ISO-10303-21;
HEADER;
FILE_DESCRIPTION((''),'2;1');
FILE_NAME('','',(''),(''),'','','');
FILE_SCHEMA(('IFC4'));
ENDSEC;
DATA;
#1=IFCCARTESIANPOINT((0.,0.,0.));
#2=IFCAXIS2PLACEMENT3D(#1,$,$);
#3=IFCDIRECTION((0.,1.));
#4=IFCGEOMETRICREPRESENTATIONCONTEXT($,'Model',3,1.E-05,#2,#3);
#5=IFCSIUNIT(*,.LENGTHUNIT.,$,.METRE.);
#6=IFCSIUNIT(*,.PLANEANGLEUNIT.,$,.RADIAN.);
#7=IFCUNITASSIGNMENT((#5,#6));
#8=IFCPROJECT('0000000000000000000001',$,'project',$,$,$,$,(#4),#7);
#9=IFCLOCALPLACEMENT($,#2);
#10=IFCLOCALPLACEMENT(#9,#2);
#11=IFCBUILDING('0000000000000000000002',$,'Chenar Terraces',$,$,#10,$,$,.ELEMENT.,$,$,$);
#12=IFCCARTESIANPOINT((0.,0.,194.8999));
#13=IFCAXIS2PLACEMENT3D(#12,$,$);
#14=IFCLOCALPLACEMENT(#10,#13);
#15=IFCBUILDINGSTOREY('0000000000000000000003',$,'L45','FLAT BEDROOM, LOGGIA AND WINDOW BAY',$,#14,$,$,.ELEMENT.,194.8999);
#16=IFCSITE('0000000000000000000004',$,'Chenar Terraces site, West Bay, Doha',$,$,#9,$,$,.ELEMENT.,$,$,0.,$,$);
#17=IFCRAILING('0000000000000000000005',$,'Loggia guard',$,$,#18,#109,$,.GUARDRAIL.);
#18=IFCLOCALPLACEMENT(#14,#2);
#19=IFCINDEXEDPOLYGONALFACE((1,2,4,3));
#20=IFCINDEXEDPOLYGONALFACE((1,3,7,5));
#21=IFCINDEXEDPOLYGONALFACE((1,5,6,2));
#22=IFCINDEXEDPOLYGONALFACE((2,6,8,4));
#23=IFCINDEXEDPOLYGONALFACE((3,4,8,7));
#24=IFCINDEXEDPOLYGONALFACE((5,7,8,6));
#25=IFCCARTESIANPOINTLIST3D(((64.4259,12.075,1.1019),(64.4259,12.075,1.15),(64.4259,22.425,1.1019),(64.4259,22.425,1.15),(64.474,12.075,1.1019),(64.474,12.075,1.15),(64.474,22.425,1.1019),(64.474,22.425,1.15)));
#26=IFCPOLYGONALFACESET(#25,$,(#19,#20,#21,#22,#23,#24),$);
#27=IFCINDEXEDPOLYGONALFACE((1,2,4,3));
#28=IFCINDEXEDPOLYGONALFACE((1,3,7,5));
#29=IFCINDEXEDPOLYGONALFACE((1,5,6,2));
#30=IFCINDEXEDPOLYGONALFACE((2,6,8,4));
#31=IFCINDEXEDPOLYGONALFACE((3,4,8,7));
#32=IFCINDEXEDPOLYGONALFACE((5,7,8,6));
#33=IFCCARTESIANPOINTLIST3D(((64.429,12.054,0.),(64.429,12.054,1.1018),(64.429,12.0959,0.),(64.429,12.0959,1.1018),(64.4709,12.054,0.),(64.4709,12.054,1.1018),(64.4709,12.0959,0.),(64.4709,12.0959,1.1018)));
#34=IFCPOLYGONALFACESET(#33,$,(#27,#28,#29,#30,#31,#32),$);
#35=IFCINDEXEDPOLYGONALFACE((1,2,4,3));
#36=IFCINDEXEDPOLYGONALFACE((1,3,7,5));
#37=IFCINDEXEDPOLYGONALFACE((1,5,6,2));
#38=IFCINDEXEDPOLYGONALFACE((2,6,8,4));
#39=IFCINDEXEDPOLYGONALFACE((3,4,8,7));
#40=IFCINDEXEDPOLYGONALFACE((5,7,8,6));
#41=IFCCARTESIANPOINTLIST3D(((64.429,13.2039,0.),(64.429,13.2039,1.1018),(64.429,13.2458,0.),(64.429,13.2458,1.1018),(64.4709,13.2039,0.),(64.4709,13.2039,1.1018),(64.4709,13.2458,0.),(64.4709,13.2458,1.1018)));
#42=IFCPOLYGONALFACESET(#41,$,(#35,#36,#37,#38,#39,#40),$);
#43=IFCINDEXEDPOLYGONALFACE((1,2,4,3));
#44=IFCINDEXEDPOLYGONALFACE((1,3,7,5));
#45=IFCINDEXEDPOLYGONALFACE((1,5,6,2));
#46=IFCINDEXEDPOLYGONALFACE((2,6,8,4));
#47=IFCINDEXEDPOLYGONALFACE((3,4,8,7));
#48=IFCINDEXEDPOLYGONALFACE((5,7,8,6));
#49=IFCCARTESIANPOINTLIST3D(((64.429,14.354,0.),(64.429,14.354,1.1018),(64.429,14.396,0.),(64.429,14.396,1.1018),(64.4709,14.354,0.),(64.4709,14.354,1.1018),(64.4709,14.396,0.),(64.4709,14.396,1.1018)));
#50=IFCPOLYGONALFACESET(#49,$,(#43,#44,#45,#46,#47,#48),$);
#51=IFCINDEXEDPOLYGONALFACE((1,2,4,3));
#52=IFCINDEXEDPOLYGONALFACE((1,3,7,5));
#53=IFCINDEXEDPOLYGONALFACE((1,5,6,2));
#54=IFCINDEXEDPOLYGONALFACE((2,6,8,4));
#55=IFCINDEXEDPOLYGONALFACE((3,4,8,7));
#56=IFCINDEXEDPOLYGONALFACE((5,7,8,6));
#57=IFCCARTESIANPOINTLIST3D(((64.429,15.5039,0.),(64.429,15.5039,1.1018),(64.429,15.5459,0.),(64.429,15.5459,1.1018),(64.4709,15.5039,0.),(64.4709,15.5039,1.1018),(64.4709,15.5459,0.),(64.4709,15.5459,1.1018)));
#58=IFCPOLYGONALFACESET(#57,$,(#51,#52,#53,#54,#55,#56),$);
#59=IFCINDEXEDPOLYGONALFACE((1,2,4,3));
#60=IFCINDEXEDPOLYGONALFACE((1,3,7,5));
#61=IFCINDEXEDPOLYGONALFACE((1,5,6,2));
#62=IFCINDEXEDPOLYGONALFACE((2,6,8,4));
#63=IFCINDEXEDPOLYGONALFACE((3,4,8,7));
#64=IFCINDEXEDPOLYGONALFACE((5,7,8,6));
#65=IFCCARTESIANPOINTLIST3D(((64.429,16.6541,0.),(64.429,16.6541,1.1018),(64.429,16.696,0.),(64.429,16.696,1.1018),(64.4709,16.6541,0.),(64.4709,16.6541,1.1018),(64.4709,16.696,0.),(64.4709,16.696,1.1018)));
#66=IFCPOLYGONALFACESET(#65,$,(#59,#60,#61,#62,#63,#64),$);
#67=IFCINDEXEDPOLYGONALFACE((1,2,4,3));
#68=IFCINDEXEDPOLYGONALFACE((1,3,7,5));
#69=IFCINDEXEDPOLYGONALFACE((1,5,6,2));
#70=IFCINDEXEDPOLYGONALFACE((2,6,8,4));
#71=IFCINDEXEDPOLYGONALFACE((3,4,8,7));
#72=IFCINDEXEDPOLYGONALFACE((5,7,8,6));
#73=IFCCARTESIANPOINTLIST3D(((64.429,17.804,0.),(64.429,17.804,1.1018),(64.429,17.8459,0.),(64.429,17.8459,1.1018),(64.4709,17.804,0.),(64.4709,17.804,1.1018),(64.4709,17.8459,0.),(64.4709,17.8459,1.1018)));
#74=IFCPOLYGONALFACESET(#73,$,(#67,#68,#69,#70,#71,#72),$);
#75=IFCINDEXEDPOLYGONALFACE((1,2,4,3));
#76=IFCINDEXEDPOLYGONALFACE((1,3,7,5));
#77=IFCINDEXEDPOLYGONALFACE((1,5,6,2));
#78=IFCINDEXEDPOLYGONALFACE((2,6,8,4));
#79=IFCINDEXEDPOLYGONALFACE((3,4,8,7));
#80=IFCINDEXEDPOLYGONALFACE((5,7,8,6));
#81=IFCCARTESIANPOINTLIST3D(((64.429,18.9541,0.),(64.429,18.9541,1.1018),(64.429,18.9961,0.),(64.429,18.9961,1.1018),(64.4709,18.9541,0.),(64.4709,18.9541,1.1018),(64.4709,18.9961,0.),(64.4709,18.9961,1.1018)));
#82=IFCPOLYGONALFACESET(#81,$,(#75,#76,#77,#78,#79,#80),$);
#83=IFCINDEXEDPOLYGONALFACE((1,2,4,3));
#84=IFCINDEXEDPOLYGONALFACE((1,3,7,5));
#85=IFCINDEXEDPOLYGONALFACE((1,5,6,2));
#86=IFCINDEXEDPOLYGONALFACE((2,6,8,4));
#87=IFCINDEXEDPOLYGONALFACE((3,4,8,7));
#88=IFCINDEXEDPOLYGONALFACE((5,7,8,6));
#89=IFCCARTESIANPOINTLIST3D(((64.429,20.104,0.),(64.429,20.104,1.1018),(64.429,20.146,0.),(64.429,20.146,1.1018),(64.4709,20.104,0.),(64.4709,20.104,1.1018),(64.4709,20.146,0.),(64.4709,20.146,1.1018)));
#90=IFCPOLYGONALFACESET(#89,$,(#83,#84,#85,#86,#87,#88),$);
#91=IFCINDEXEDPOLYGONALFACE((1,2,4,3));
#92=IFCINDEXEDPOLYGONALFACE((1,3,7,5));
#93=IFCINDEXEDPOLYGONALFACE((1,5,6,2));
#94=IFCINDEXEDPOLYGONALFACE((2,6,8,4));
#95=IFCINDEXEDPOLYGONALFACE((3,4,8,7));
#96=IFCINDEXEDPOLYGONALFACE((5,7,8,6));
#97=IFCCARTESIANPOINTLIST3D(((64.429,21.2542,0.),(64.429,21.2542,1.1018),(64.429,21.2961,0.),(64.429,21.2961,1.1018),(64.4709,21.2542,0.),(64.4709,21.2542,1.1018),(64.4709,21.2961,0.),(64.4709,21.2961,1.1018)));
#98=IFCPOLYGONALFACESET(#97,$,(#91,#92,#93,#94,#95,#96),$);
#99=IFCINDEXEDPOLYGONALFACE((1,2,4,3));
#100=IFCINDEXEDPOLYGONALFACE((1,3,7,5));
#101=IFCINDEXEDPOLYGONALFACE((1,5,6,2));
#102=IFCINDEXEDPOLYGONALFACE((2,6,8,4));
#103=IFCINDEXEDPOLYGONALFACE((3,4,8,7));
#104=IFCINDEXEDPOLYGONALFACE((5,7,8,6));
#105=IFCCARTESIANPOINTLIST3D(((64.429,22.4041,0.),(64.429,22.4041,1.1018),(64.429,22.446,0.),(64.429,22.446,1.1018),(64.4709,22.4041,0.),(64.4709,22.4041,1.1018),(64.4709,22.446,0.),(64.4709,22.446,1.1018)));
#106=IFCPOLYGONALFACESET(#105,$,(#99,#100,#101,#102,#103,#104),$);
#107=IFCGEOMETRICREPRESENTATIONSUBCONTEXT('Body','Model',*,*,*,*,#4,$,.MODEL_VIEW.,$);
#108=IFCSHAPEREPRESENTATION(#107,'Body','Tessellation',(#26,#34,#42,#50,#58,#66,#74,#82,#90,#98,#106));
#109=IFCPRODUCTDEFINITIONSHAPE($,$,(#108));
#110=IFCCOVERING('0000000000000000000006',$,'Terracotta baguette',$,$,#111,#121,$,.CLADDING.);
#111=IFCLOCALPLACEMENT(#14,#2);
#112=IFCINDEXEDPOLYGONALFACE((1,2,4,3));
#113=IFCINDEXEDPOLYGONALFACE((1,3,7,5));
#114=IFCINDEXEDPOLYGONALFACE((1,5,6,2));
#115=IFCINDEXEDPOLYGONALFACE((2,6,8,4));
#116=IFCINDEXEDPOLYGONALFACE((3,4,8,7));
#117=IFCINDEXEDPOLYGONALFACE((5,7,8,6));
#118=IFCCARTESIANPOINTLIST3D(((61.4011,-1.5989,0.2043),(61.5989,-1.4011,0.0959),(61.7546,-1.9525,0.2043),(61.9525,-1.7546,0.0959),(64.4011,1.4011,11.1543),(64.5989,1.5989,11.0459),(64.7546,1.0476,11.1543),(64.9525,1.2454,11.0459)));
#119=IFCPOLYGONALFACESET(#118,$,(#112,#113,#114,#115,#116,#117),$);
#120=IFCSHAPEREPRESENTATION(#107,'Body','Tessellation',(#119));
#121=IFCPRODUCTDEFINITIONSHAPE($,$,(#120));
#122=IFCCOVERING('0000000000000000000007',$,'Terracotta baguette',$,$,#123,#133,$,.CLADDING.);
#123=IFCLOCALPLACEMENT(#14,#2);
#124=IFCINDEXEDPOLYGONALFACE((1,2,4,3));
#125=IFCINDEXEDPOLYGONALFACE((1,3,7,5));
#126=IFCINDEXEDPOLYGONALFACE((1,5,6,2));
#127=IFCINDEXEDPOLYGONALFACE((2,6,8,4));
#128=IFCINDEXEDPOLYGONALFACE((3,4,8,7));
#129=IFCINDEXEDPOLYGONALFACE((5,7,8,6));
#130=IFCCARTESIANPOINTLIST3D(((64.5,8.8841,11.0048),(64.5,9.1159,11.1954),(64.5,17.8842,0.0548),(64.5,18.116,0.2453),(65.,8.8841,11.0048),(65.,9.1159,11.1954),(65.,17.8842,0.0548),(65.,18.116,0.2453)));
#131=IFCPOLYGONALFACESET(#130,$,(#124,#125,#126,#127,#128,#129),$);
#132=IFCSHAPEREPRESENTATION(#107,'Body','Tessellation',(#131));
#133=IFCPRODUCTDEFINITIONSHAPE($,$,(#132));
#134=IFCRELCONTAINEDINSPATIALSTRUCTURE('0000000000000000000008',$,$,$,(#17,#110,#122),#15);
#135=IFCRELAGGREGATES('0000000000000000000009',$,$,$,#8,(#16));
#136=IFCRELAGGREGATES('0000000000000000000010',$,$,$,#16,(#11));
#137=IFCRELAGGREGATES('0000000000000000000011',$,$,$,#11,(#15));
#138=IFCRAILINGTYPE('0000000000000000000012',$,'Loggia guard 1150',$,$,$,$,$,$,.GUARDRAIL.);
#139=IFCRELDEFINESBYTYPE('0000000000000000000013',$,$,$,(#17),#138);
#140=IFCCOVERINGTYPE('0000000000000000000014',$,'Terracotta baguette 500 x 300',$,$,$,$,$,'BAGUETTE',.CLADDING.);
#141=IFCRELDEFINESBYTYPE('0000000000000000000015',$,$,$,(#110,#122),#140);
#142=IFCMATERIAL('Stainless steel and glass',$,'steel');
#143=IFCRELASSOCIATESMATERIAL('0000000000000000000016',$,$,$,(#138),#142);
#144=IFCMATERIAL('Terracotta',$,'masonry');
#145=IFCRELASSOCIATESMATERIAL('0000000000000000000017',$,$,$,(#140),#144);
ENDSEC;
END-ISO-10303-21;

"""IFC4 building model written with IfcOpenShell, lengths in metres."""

from ifc_helpers import new_model, si_unit, direction, frame, origin, origin_2d, place, context, subcontext, project, spatial, rectangle, extrude, material, material_profile, profile_set, type_object, element, save


model = new_model("IFC4")

# Units and contexts
model_context = context("Model", 3, precision=1e-05, world=origin(), true_north=direction((0.0, 1.0)))
body_context = subcontext(model_context, "Body", "Model", "MODEL_VIEW")
ifc_project = project(units=[si_unit("LENGTHUNIT", "METRE"), si_unit("PLANEANGLEUNIT", "RADIAN")], contexts=[model_context])

# Site, building, storey
site_placement = place(None, origin())
site = spatial("IfcSite", under=ifc_project, at=site_placement, Name="Chenar Terraces site, West Bay, Doha", CompositionType="ELEMENT", RefElevation=0.0)
building_placement = place(site_placement, origin())
building = spatial("IfcBuilding", under=site, at=building_placement, Name="Chenar Terraces", CompositionType="ELEMENT")
storey_placement = place(building_placement, frame((0.0, 0.0, 194.8999)))
storey = spatial("IfcBuildingStorey", under=building, at=storey_placement, Name="L45", Description="FLAT BEDROOM, LOGGIA AND WINDOW BAY", CompositionType="ELEMENT", Elevation=194.8999)

# Railing
ifc_material_1 = material(Name="Stainless steel and glass", Category="steel")
railing_type = type_object("IfcRailingType", Name="Loggia guard 1150", PredefinedType="GUARDRAIL", material=ifc_material_1)
railing_placement = place(storey_placement, frame((64.45, 12.075, 0.0)))
element("IfcRailing", 1, at=railing_placement, inside=storey, type_object=railing_type, Name="Loggia guard", PredefinedType="GUARDRAIL", context=body_context, shape_type="SweptSolid", body=[
    extrude(rectangle(XDim=0.0481, YDim=0.0481, at=origin_2d()), frame((0.0, 0.0, 1.126), z_axis=(0.0, 1.0, 0.0), x_axis=(-1.0, 0.0, 0.0)), (0.0, 0.0, 1.0), 10.3501),
    extrude(rectangle(XDim=0.042, YDim=0.042, at=origin_2d()), origin(), (0.0, 0.0, 1.0), 1.1018),
    extrude(rectangle(XDim=0.042, YDim=0.042, at=origin_2d()), frame((0.0, 1.1499, 0.0)), (0.0, 0.0, 1.0), 1.1018),
    extrude(rectangle(XDim=0.042, YDim=0.042, at=origin_2d()), frame((0.0, 2.3, 0.0)), (0.0, 0.0, 1.0), 1.1018),
    extrude(rectangle(XDim=0.042, YDim=0.042, at=origin_2d()), frame((0.0, 3.45, 0.0)), (0.0, 0.0, 1.0), 1.1018),
    extrude(rectangle(XDim=0.042, YDim=0.042, at=origin_2d()), frame((0.0, 4.6001, 0.0)), (0.0, 0.0, 1.0), 1.1018),
    extrude(rectangle(XDim=0.042, YDim=0.042, at=origin_2d()), frame((0.0, 5.75, 0.0)), (0.0, 0.0, 1.0), 1.1018),
    extrude(rectangle(XDim=0.042, YDim=0.042, at=origin_2d()), frame((0.0, 6.9001, 0.0)), (0.0, 0.0, 1.0), 1.1018),
    extrude(rectangle(XDim=0.042, YDim=0.042, at=origin_2d()), frame((0.0, 8.05, 0.0)), (0.0, 0.0, 1.0), 1.1018),
    extrude(rectangle(XDim=0.042, YDim=0.042, at=origin_2d()), frame((0.0, 9.2002, 0.0)), (0.0, 0.0, 1.0), 1.1018),
    extrude(rectangle(XDim=0.042, YDim=0.042, at=origin_2d()), frame((0.0, 10.3501, 0.0)), (0.0, 0.0, 1.0), 1.1018),
])

# Coverings
ifc_material_2 = material(Name="Terracotta", Category="masonry")
ifc_material_profile_1 = material_profile(ifc_material_2, rectangle(XDim=0.5, YDim=0.3, at=origin_2d()), Name="Terracotta baguette 500 x 300")
ifc_profile_set_1 = profile_set([ifc_material_profile_1], Name="Terracotta")
covering_type = type_object("IfcCoveringType", Name="Terracotta baguette 500 x 300", ElementType="BAGUETTE", PredefinedType="CLADDING", material=ifc_profile_set_1)
covering_1_placement = place(storey_placement, frame((61.6768, -1.6768, 0.1501), z_axis=(0.255468, 0.255468, 0.932455), x_axis=(-0.707107, 0.707107, 0.0)))
element("IfcCovering", 2, at=covering_1_placement, inside=storey, type_object=covering_type, Name="Terracotta baguette", PredefinedType="CLADDING", context=body_context, shape_type="SweptSolid", body=[
    extrude(rectangle(XDim=0.5, YDim=0.3, at=origin_2d()), origin(), (0.0, 0.0, 1.0), 11.7432),
])
covering_2_placement = place(storey_placement, frame((64.75, 9.0, 11.1001), z_axis=(0.0, 0.634967, -0.772539), x_axis=(-1.0, 0.0, 0.0)))
element("IfcCovering", 3, at=covering_2_placement, inside=storey, type_object=covering_type, Name="Terracotta baguette", PredefinedType="CLADDING", context=body_context, shape_type="SweptSolid", body=[
    extrude(rectangle(XDim=0.5, YDim=0.3, at=origin_2d()), origin(), (0.0, 0.0, 1.0), 14.1741),
])

save(model, "model.ifc")
